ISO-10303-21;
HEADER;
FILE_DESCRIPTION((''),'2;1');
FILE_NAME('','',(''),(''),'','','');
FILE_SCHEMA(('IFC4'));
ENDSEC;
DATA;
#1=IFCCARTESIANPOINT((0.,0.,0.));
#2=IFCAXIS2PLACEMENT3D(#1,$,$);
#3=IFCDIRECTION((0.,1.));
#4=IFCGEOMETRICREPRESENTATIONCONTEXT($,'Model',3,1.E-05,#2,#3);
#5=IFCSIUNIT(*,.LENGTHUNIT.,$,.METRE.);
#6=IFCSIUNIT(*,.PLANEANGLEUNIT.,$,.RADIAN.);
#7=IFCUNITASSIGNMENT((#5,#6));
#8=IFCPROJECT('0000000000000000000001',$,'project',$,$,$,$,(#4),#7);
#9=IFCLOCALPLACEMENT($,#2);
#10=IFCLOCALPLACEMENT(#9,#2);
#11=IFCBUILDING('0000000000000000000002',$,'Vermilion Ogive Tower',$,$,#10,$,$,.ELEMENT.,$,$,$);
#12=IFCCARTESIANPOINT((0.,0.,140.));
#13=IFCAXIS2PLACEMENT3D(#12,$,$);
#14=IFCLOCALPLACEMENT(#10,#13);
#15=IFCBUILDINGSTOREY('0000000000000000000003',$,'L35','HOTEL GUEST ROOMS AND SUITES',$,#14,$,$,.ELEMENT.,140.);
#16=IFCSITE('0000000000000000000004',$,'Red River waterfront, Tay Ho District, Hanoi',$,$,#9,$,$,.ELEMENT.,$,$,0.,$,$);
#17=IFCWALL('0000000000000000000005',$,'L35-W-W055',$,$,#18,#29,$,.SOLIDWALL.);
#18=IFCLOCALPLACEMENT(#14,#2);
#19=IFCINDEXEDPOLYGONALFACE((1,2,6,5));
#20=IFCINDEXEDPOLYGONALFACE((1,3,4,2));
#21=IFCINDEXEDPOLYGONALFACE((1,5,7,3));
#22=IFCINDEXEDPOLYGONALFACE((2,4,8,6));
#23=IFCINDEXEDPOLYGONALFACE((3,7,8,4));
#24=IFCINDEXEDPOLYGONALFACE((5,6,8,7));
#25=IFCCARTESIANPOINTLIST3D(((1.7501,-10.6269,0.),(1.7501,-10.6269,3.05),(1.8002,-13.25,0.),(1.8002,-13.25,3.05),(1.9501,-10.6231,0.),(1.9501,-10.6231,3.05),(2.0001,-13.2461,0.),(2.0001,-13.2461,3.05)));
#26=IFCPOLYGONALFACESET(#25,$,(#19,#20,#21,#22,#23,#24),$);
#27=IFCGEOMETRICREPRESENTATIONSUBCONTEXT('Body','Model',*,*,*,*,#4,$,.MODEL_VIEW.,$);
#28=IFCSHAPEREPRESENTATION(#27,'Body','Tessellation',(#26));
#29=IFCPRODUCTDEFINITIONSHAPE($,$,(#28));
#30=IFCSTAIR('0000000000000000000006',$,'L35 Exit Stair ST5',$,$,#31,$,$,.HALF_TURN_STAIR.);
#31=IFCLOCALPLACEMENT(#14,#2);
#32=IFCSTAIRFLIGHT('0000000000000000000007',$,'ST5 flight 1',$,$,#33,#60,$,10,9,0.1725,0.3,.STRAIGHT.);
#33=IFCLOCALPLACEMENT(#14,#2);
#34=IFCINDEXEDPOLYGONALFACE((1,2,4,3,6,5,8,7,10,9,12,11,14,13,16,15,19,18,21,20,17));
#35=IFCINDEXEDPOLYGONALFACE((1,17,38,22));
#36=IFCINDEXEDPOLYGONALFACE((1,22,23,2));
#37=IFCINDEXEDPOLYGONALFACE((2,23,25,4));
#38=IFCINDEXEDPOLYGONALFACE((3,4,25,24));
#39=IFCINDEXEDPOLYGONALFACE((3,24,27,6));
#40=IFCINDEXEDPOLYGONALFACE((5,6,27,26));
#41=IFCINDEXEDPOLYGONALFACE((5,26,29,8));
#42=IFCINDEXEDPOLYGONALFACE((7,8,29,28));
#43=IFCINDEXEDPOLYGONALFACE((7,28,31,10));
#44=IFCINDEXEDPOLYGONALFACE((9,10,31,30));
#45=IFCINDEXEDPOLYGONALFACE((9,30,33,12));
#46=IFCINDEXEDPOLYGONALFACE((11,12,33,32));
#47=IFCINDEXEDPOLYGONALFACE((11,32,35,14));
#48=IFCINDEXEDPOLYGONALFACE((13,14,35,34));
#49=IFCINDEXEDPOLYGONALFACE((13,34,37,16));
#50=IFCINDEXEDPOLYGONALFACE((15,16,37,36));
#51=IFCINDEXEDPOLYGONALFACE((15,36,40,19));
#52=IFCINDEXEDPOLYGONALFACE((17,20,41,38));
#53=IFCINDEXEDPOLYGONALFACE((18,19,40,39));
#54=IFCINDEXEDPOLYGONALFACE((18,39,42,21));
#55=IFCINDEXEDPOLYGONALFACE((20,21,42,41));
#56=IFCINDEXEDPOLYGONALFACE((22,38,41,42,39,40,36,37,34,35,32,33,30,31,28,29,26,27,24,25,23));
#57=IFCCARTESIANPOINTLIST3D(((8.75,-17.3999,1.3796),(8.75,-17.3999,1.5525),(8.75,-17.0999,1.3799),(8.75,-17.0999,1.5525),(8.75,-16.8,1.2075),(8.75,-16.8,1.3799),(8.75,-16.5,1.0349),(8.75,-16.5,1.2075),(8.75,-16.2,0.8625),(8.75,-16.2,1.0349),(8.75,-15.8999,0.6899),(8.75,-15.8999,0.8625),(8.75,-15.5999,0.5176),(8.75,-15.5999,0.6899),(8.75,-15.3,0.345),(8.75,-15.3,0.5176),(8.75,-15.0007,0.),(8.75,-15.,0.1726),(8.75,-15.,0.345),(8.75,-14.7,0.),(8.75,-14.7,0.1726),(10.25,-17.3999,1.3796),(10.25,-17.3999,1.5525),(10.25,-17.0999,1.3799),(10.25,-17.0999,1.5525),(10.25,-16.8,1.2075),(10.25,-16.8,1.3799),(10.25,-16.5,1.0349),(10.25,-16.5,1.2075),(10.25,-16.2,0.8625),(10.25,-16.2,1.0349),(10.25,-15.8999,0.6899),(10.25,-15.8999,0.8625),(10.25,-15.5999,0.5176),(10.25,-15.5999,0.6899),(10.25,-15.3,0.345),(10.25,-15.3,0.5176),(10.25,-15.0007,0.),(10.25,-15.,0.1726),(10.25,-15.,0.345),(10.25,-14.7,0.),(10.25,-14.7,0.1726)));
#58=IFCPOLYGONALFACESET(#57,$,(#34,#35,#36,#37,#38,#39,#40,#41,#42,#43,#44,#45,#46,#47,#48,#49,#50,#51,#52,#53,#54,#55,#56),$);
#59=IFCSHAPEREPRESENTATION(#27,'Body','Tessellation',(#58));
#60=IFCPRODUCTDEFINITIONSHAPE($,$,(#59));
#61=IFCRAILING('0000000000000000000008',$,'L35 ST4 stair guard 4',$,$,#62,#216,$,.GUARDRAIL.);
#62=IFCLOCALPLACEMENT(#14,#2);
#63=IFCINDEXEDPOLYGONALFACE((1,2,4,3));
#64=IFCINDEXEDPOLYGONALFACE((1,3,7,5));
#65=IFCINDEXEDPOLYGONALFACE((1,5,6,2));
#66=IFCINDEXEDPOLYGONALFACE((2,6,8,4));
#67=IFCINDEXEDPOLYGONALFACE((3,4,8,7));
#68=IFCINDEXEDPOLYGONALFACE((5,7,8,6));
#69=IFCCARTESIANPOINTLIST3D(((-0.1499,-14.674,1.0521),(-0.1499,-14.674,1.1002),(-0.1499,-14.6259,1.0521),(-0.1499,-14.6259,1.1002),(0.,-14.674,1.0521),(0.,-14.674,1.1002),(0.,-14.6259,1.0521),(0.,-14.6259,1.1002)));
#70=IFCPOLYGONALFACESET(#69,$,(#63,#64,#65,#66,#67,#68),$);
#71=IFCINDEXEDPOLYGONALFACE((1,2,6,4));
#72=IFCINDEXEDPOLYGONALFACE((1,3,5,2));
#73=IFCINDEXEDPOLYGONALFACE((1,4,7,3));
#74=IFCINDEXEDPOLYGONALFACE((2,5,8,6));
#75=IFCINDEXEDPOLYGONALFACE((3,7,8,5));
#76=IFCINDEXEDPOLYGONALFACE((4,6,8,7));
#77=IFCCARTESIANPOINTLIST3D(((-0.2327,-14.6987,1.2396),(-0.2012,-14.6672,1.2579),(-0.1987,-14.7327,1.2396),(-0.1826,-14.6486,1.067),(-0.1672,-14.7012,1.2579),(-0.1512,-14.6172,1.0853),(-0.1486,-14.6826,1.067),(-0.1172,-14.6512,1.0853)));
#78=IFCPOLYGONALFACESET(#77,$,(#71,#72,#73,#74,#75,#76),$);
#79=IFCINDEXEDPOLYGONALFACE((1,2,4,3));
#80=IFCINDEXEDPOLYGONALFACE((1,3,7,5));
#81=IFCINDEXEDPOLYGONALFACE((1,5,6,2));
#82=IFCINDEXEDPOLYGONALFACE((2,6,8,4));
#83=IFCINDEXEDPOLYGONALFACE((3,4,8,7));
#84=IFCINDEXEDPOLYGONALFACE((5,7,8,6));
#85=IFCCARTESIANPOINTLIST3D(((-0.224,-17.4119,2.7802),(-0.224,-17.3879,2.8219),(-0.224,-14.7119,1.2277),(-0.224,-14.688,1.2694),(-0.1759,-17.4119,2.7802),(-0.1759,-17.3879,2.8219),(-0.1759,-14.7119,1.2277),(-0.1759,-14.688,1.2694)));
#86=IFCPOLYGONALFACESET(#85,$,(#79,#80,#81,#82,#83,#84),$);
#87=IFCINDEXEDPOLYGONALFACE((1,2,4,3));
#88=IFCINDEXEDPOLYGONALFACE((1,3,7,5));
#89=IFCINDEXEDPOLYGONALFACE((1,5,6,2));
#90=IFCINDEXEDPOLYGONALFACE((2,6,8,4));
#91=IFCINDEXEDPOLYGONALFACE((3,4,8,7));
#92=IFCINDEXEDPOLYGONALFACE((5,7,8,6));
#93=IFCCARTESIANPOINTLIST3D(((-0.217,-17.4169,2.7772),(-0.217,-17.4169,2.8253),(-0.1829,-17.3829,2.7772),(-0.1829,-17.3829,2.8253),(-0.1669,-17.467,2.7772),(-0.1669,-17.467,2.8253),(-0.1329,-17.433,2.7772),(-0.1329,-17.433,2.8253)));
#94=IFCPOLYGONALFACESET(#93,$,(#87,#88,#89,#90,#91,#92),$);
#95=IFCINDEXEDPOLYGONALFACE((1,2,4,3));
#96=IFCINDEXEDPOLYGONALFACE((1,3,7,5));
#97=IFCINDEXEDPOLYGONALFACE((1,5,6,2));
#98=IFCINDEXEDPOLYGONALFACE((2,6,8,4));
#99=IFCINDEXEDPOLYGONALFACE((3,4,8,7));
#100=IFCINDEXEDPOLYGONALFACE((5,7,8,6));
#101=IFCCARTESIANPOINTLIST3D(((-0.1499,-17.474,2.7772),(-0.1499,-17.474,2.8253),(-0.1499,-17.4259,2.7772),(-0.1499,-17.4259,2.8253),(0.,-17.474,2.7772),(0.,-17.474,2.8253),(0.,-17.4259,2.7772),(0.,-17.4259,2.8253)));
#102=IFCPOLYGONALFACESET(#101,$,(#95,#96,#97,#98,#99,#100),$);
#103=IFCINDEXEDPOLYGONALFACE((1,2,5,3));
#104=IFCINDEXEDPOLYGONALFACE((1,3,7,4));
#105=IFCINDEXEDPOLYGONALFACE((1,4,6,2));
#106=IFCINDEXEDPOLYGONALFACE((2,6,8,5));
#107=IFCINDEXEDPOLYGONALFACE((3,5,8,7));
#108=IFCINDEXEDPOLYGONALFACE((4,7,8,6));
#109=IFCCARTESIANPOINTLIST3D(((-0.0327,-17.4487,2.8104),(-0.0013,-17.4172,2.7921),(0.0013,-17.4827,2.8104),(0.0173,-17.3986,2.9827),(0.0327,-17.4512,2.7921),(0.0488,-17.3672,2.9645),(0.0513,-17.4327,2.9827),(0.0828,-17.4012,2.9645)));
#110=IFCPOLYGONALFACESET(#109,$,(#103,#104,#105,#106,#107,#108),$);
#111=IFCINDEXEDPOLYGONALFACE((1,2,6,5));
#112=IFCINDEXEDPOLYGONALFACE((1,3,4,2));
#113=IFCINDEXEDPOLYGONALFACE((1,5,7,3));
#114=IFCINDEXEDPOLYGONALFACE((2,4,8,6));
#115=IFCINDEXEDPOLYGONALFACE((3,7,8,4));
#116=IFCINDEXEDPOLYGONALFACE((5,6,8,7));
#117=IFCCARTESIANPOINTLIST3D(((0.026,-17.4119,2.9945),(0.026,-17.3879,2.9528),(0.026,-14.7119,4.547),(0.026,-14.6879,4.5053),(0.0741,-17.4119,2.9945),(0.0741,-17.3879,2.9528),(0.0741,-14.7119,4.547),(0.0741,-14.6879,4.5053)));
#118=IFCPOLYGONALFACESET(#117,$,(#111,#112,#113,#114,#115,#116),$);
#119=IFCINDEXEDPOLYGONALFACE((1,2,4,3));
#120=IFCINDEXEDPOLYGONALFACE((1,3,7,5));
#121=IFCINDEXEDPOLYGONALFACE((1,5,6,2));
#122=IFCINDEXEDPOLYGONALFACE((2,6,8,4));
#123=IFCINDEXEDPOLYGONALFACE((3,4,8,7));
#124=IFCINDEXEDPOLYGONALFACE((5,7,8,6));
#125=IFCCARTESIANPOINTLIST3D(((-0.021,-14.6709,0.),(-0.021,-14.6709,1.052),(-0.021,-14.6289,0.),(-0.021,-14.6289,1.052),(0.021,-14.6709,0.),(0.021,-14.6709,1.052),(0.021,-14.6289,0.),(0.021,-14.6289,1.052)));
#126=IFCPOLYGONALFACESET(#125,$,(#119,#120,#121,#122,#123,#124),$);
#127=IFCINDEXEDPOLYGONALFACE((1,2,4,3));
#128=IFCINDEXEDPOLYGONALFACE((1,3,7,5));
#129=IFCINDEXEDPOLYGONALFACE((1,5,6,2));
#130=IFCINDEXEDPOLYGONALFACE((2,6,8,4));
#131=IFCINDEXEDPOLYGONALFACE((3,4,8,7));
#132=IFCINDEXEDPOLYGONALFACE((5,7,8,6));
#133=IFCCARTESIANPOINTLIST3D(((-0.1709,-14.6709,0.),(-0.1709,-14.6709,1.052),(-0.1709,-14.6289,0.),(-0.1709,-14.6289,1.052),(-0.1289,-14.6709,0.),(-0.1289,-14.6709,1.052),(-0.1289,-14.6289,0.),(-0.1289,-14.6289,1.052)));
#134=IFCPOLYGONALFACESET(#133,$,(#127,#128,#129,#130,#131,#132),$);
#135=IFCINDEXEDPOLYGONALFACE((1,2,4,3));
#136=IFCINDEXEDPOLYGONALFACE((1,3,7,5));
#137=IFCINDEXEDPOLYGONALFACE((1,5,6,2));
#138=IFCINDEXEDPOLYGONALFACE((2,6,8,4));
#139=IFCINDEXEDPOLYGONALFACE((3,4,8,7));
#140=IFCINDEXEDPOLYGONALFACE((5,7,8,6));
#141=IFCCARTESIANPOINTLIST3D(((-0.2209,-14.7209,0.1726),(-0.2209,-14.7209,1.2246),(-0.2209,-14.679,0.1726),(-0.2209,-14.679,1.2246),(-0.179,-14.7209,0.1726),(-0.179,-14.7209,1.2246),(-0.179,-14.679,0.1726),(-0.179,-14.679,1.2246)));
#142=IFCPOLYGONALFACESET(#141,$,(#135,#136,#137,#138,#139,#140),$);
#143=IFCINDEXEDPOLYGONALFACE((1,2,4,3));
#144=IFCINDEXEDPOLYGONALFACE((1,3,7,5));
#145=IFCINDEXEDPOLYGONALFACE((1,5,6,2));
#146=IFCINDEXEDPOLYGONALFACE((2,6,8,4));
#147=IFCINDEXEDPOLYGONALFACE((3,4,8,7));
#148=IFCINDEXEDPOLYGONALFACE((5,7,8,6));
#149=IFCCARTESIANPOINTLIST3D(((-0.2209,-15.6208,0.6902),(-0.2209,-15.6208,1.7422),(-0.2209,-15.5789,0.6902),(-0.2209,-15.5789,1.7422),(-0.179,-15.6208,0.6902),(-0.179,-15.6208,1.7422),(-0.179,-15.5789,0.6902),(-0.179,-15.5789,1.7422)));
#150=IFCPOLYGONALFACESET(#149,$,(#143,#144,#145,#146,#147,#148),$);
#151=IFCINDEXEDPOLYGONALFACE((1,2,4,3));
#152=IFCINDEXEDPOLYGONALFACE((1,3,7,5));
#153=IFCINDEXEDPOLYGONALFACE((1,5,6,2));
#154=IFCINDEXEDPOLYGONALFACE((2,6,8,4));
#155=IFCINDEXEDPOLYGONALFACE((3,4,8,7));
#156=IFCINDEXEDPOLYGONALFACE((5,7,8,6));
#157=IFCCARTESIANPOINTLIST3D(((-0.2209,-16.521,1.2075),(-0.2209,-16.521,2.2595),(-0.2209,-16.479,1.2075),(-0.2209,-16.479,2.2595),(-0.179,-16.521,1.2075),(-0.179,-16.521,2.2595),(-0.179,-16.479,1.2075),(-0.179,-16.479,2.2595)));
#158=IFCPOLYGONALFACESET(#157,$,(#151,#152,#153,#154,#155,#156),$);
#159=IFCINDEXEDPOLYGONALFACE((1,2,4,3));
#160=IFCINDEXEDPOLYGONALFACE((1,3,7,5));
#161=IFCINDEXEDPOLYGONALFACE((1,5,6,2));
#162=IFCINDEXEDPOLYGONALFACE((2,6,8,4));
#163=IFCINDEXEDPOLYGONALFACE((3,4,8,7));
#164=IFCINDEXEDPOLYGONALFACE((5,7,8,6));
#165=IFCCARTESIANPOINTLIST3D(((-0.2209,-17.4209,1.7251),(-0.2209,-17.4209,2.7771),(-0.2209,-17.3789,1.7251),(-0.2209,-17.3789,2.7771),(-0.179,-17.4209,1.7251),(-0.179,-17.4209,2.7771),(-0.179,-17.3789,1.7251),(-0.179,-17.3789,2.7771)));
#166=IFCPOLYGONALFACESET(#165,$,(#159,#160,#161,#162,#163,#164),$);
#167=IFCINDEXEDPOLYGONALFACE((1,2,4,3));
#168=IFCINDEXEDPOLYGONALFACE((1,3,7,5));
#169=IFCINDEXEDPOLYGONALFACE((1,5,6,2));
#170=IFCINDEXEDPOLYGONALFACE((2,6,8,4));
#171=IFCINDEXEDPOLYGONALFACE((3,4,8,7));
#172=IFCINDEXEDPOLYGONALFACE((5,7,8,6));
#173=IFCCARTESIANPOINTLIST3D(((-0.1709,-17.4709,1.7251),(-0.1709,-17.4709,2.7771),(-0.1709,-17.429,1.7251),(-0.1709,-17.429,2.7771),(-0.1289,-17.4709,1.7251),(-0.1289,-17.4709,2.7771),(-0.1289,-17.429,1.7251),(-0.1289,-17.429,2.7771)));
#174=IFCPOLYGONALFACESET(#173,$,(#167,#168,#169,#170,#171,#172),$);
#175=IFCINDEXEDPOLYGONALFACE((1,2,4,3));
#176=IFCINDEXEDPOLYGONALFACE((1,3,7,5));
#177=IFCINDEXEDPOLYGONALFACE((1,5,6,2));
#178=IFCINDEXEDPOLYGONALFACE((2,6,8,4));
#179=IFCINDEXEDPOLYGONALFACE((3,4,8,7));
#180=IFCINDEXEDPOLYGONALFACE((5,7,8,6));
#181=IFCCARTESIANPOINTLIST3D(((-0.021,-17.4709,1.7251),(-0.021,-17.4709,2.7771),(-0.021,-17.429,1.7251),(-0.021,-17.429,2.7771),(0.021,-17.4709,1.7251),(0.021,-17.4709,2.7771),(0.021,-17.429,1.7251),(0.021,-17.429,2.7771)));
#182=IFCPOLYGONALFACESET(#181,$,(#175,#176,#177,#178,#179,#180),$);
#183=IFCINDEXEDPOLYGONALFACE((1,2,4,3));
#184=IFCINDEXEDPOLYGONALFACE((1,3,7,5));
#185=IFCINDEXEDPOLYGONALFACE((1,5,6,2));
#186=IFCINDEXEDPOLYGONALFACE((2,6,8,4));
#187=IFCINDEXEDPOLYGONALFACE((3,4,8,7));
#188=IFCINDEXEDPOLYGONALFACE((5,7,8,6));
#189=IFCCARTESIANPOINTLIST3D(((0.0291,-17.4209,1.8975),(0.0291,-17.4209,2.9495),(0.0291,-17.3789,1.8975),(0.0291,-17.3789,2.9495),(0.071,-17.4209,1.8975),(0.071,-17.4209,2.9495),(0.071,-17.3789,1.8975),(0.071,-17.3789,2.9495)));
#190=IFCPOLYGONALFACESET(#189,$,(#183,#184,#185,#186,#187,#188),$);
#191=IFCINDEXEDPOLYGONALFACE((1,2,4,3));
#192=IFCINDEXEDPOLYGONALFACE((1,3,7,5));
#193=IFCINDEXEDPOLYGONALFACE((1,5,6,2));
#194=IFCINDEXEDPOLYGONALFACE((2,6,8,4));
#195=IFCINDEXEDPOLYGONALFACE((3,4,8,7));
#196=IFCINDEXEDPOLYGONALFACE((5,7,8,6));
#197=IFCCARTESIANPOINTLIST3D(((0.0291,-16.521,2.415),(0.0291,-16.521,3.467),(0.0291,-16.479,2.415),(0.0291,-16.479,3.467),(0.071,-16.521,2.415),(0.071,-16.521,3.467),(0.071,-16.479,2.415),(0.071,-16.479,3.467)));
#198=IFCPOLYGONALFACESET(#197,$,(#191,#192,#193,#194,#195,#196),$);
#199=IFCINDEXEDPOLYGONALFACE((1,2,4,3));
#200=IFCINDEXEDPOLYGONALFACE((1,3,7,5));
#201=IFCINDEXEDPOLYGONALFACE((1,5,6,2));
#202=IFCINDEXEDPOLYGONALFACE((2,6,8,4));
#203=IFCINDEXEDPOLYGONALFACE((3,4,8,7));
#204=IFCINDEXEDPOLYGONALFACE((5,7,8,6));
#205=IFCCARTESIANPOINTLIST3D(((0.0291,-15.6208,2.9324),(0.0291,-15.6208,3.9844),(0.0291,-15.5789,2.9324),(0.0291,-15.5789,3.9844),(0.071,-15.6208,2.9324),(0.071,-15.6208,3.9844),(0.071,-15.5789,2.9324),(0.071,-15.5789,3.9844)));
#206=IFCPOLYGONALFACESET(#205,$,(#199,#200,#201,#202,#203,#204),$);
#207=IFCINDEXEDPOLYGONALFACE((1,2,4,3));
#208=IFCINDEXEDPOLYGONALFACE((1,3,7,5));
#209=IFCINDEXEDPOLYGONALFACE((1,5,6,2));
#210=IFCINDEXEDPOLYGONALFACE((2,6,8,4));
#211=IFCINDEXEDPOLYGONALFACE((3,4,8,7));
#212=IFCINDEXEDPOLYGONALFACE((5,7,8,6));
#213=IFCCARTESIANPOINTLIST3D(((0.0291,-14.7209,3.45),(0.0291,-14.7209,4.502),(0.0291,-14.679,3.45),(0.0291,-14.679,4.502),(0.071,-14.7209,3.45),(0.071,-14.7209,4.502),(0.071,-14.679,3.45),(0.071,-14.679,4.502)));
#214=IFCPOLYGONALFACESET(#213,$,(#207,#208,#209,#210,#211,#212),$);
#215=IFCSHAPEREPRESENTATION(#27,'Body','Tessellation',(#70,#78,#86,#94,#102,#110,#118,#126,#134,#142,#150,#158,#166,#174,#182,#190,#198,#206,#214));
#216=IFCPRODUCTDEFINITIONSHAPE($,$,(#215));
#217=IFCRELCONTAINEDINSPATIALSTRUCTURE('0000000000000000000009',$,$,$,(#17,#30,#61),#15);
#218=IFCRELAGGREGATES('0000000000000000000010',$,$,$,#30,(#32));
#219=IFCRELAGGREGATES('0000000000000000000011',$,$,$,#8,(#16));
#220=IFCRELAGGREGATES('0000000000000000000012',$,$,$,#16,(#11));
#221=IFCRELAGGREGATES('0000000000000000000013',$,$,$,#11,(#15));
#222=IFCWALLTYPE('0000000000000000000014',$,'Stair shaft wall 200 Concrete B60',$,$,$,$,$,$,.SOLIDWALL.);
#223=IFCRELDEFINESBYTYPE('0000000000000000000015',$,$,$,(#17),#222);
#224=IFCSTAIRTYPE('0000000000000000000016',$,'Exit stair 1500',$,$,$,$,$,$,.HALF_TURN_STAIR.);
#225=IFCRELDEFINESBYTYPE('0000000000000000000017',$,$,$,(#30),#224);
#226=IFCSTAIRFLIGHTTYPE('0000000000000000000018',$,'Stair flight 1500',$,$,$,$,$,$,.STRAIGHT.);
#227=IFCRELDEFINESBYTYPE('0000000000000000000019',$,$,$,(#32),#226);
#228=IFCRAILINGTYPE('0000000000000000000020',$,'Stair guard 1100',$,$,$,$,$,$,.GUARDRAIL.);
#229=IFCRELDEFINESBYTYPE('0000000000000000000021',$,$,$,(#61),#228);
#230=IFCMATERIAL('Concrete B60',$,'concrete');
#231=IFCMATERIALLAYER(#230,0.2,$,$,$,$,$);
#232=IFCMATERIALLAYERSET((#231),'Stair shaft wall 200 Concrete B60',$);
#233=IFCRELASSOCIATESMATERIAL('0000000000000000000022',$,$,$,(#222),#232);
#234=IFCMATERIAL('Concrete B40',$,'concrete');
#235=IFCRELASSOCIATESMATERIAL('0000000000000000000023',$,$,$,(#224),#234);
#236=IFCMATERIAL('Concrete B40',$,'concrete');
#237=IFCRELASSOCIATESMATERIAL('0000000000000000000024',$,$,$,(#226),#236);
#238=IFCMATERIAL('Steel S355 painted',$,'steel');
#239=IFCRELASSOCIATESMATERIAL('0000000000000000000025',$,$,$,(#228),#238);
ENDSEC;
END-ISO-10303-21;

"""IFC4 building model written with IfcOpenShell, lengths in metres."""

from ifc_helpers import new_model, si_unit, direction, frame, frame_2d, origin, origin_2d, place, context, subcontext, project, spatial, polyline, rectangle, outline, extrude, material, layer, layer_set, type_object, element, aggregate, save


model = new_model("IFC4")

# Units and contexts
model_context = context("Model", 3, precision=1e-05, world=origin(), true_north=direction((0.0, 1.0)))
body_context = subcontext(model_context, "Body", "Model", "MODEL_VIEW")
ifc_project = project(units=[si_unit("LENGTHUNIT", "METRE"), si_unit("PLANEANGLEUNIT", "RADIAN")], contexts=[model_context])

# Site, building, storey
site_placement = place(None, origin())
site = spatial("IfcSite", under=ifc_project, at=site_placement, Name="Red River waterfront, Tay Ho District, Hanoi", CompositionType="ELEMENT", RefElevation=0.0)
building_placement = place(site_placement, origin())
building = spatial("IfcBuilding", under=site, at=building_placement, Name="Vermilion Ogive Tower", CompositionType="ELEMENT")
storey_placement = place(building_placement, frame((0.0, 0.0, 140.0)))
storey = spatial("IfcBuildingStorey", under=building, at=storey_placement, Name="L35", Description="HOTEL GUEST ROOMS AND SUITES", CompositionType="ELEMENT", Elevation=140.0)

# Shared definitions
ifc_material_1 = material(Name="Concrete B60", Category="concrete")
ifc_layer_1 = layer(ifc_material_1, 0.2)
ifc_layer_set_1 = layer_set([ifc_layer_1], Name="Stair shaft wall 200 Concrete B60")
wall_type_1 = type_object("IfcWallType", Name="Stair shaft wall 200 Concrete B60", PredefinedType="SOLIDWALL", material=ifc_layer_set_1)

# Wall
wall_1_placement = place(storey_placement, frame((1.9001, -13.248, 0.0), z_axis=(0.0, 0.0, 1.0), x_axis=(-0.019077, 0.999818, 0.0)))
element("IfcWall", 1, at=wall_1_placement, inside=storey, type_object=wall_type_1, Name="L35-W-W055", PredefinedType="SOLIDWALL", context=body_context, shape_type="SweptSolid", body=[
    extrude(rectangle(XDim=2.6235, YDim=0.2, at=frame_2d((1.3118, 0.0))), origin(), (0.0, 0.0, 1.0), 3.05),
])

# Stair, stair flight
ifc_material_2 = material(Name="Concrete B40", Category="concrete")
stair_type = type_object("IfcStairType", Name="Exit stair 1500", PredefinedType="HALF_TURN_STAIR", material=ifc_material_2)
stair_placement = place(storey_placement, origin())
stair = element("IfcStair", 2, at=stair_placement, inside=storey, type_object=stair_type, Name="L35 Exit Stair ST5", PredefinedType="HALF_TURN_STAIR")
ifc_material_3 = material(Name="Concrete B40", Category="concrete")
stair_flight_type = type_object("IfcStairFlightType", Name="Stair flight 1500", PredefinedType="STRAIGHT", material=ifc_material_3)
stair_flight_placement = place(storey_placement, frame((9.5, -14.7, 0.0), z_axis=(0.0, 0.0, 1.0), x_axis=(0.0, -1.0, 0.0)))
stair_flight = element("IfcStairFlight", 3, at=stair_flight_placement, type_object=stair_flight_type, Name="ST5 flight 1", NumberOfRisers=10, NumberOfTreads=9, PredefinedType="STRAIGHT", RiserHeight=0.1725, TreadLength=0.3, context=body_context, shape_type="SweptSolid", body=[
    extrude(outline(polyline([(0.0, 0.0), (0.0, 0.1726), (0.3, 0.1726), (0.3, 0.345), (0.6001, 0.345), (0.6001, 0.5176), (0.8999, 0.5176), (0.8999, 0.6899), (1.2, 0.6899), (1.2, 0.8625), (1.5, 0.8625), (1.5, 1.0349), (1.8, 1.0349), (1.8, 1.2075), (2.1001, 1.2075), (2.1001, 1.3799), (2.3999, 1.3799), (2.3999, 1.5525), (2.7, 1.5525), (2.7, 1.7251), (2.7, 1.3796), (0.3008, 0.0), (0.0, 0.0)])), frame((0.0, 0.75, 0.0), z_axis=(0.0, -1.0, 0.0), x_axis=(1.0, 0.0, 0.0)), (0.0, 0.0, 1.0), 1.5),
])
aggregate(stair, [stair_flight])

# Railing
ifc_material_4 = material(Name="Steel S355 painted", Category="steel")
railing_type = type_object("IfcRailingType", Name="Stair guard 1100", PredefinedType="GUARDRAIL", material=ifc_material_4)
railing_1_placement = place(storey_placement, frame((0.0, -14.6499, 0.0)))
element("IfcRailing", 4, at=railing_1_placement, inside=storey, type_object=railing_type, Name="L35 ST4 stair guard 4", PredefinedType="GUARDRAIL", context=body_context, shape_type="SweptSolid", body=[
    extrude(rectangle(XDim=0.0481, YDim=0.0481, at=origin_2d()), frame((0.0, 0.0, 1.0762), z_axis=(-1.0, 0.0, 0.0), x_axis=(0.0, -1.0, 0.0)), (0.0, 0.0, 1.0), 0.1499),
    extrude(rectangle(XDim=0.0481, YDim=0.0481, at=origin_2d()), frame((-0.1499, 0.0, 1.0762), z_axis=(-0.268278, -0.268278, 0.925232), x_axis=(0.707107, -0.707107, 0.0)), (0.0, 0.0, 1.0), 0.1865),
    extrude(rectangle(XDim=0.0481, YDim=0.0481, at=origin_2d()), frame((-0.2, -0.05, 1.2485), z_axis=(0.0, -0.866904, 0.498476), x_axis=(1.0, 0.0, 0.0)), (0.0, 0.0, 1.0), 3.1145),
    extrude(rectangle(XDim=0.0481, YDim=0.0481, at=origin_2d()), frame((-0.2, -2.75, 2.8013), z_axis=(0.707107, -0.707107, 0.0), x_axis=(0.707107, 0.707107, 0.0)), (0.0, 0.0, 1.0), 0.0708),
    extrude(rectangle(XDim=0.0481, YDim=0.0481, at=origin_2d()), frame((-0.1499, -2.8, 2.8013), z_axis=(1.0, 0.0, 0.0), x_axis=(0.0, 1.0, 0.0)), (0.0, 0.0, 1.0), 0.1499),
    extrude(rectangle(XDim=0.0481, YDim=0.0481, at=origin_2d()), frame((0.0, -2.8, 2.8013), z_axis=(0.268603, 0.268603, 0.925043), x_axis=(-0.707107, 0.707107, 0.0)), (0.0, 0.0, 1.0), 0.1863),
    extrude(rectangle(XDim=0.0481, YDim=0.0481, at=origin_2d()), frame((0.05, -2.75, 2.9736), z_axis=(0.0, 0.866904, 0.498476), x_axis=(-1.0, 0.0, 0.0)), (0.0, 0.0, 1.0), 3.1145),
    extrude(rectangle(XDim=0.042, YDim=0.042, at=origin_2d()), origin(), (0.0, 0.0, 1.0), 1.052),
    extrude(rectangle(XDim=0.042, YDim=0.042, at=origin_2d()), frame((-0.1499, 0.0, 0.0)), (0.0, 0.0, 1.0), 1.052),
    extrude(rectangle(XDim=0.042, YDim=0.042, at=origin_2d()), frame((-0.2, -0.05, 0.1726)), (0.0, 0.0, 1.0), 1.052),
    extrude(rectangle(XDim=0.042, YDim=0.042, at=origin_2d()), frame((-0.2, -0.95, 0.6902)), (0.0, 0.0, 1.0), 1.052),
    extrude(rectangle(XDim=0.042, YDim=0.042, at=origin_2d()), frame((-0.2, -1.8501, 1.2075)), (0.0, 0.0, 1.0), 1.052),
    extrude(rectangle(XDim=0.042, YDim=0.042, at=origin_2d()), frame((-0.2, -2.75, 1.7251)), (0.0, 0.0, 1.0), 1.052),
    extrude(rectangle(XDim=0.042, YDim=0.042, at=origin_2d()), frame((-0.1499, -2.8, 1.7251)), (0.0, 0.0, 1.0), 1.052),
    extrude(rectangle(XDim=0.042, YDim=0.042, at=origin_2d()), frame((0.0, -2.8, 1.7251)), (0.0, 0.0, 1.0), 1.052),
    extrude(rectangle(XDim=0.042, YDim=0.042, at=origin_2d()), frame((0.05, -2.75, 1.8975)), (0.0, 0.0, 1.0), 1.052),
    extrude(rectangle(XDim=0.042, YDim=0.042, at=origin_2d()), frame((0.05, -1.8501, 2.415)), (0.0, 0.0, 1.0), 1.052),
    extrude(rectangle(XDim=0.042, YDim=0.042, at=origin_2d()), frame((0.05, -0.95, 2.9324)), (0.0, 0.0, 1.0), 1.052),
    extrude(rectangle(XDim=0.042, YDim=0.042, at=origin_2d()), frame((0.05, -0.05, 3.45)), (0.0, 0.0, 1.0), 1.052),
])

save(model, "model.ifc")
